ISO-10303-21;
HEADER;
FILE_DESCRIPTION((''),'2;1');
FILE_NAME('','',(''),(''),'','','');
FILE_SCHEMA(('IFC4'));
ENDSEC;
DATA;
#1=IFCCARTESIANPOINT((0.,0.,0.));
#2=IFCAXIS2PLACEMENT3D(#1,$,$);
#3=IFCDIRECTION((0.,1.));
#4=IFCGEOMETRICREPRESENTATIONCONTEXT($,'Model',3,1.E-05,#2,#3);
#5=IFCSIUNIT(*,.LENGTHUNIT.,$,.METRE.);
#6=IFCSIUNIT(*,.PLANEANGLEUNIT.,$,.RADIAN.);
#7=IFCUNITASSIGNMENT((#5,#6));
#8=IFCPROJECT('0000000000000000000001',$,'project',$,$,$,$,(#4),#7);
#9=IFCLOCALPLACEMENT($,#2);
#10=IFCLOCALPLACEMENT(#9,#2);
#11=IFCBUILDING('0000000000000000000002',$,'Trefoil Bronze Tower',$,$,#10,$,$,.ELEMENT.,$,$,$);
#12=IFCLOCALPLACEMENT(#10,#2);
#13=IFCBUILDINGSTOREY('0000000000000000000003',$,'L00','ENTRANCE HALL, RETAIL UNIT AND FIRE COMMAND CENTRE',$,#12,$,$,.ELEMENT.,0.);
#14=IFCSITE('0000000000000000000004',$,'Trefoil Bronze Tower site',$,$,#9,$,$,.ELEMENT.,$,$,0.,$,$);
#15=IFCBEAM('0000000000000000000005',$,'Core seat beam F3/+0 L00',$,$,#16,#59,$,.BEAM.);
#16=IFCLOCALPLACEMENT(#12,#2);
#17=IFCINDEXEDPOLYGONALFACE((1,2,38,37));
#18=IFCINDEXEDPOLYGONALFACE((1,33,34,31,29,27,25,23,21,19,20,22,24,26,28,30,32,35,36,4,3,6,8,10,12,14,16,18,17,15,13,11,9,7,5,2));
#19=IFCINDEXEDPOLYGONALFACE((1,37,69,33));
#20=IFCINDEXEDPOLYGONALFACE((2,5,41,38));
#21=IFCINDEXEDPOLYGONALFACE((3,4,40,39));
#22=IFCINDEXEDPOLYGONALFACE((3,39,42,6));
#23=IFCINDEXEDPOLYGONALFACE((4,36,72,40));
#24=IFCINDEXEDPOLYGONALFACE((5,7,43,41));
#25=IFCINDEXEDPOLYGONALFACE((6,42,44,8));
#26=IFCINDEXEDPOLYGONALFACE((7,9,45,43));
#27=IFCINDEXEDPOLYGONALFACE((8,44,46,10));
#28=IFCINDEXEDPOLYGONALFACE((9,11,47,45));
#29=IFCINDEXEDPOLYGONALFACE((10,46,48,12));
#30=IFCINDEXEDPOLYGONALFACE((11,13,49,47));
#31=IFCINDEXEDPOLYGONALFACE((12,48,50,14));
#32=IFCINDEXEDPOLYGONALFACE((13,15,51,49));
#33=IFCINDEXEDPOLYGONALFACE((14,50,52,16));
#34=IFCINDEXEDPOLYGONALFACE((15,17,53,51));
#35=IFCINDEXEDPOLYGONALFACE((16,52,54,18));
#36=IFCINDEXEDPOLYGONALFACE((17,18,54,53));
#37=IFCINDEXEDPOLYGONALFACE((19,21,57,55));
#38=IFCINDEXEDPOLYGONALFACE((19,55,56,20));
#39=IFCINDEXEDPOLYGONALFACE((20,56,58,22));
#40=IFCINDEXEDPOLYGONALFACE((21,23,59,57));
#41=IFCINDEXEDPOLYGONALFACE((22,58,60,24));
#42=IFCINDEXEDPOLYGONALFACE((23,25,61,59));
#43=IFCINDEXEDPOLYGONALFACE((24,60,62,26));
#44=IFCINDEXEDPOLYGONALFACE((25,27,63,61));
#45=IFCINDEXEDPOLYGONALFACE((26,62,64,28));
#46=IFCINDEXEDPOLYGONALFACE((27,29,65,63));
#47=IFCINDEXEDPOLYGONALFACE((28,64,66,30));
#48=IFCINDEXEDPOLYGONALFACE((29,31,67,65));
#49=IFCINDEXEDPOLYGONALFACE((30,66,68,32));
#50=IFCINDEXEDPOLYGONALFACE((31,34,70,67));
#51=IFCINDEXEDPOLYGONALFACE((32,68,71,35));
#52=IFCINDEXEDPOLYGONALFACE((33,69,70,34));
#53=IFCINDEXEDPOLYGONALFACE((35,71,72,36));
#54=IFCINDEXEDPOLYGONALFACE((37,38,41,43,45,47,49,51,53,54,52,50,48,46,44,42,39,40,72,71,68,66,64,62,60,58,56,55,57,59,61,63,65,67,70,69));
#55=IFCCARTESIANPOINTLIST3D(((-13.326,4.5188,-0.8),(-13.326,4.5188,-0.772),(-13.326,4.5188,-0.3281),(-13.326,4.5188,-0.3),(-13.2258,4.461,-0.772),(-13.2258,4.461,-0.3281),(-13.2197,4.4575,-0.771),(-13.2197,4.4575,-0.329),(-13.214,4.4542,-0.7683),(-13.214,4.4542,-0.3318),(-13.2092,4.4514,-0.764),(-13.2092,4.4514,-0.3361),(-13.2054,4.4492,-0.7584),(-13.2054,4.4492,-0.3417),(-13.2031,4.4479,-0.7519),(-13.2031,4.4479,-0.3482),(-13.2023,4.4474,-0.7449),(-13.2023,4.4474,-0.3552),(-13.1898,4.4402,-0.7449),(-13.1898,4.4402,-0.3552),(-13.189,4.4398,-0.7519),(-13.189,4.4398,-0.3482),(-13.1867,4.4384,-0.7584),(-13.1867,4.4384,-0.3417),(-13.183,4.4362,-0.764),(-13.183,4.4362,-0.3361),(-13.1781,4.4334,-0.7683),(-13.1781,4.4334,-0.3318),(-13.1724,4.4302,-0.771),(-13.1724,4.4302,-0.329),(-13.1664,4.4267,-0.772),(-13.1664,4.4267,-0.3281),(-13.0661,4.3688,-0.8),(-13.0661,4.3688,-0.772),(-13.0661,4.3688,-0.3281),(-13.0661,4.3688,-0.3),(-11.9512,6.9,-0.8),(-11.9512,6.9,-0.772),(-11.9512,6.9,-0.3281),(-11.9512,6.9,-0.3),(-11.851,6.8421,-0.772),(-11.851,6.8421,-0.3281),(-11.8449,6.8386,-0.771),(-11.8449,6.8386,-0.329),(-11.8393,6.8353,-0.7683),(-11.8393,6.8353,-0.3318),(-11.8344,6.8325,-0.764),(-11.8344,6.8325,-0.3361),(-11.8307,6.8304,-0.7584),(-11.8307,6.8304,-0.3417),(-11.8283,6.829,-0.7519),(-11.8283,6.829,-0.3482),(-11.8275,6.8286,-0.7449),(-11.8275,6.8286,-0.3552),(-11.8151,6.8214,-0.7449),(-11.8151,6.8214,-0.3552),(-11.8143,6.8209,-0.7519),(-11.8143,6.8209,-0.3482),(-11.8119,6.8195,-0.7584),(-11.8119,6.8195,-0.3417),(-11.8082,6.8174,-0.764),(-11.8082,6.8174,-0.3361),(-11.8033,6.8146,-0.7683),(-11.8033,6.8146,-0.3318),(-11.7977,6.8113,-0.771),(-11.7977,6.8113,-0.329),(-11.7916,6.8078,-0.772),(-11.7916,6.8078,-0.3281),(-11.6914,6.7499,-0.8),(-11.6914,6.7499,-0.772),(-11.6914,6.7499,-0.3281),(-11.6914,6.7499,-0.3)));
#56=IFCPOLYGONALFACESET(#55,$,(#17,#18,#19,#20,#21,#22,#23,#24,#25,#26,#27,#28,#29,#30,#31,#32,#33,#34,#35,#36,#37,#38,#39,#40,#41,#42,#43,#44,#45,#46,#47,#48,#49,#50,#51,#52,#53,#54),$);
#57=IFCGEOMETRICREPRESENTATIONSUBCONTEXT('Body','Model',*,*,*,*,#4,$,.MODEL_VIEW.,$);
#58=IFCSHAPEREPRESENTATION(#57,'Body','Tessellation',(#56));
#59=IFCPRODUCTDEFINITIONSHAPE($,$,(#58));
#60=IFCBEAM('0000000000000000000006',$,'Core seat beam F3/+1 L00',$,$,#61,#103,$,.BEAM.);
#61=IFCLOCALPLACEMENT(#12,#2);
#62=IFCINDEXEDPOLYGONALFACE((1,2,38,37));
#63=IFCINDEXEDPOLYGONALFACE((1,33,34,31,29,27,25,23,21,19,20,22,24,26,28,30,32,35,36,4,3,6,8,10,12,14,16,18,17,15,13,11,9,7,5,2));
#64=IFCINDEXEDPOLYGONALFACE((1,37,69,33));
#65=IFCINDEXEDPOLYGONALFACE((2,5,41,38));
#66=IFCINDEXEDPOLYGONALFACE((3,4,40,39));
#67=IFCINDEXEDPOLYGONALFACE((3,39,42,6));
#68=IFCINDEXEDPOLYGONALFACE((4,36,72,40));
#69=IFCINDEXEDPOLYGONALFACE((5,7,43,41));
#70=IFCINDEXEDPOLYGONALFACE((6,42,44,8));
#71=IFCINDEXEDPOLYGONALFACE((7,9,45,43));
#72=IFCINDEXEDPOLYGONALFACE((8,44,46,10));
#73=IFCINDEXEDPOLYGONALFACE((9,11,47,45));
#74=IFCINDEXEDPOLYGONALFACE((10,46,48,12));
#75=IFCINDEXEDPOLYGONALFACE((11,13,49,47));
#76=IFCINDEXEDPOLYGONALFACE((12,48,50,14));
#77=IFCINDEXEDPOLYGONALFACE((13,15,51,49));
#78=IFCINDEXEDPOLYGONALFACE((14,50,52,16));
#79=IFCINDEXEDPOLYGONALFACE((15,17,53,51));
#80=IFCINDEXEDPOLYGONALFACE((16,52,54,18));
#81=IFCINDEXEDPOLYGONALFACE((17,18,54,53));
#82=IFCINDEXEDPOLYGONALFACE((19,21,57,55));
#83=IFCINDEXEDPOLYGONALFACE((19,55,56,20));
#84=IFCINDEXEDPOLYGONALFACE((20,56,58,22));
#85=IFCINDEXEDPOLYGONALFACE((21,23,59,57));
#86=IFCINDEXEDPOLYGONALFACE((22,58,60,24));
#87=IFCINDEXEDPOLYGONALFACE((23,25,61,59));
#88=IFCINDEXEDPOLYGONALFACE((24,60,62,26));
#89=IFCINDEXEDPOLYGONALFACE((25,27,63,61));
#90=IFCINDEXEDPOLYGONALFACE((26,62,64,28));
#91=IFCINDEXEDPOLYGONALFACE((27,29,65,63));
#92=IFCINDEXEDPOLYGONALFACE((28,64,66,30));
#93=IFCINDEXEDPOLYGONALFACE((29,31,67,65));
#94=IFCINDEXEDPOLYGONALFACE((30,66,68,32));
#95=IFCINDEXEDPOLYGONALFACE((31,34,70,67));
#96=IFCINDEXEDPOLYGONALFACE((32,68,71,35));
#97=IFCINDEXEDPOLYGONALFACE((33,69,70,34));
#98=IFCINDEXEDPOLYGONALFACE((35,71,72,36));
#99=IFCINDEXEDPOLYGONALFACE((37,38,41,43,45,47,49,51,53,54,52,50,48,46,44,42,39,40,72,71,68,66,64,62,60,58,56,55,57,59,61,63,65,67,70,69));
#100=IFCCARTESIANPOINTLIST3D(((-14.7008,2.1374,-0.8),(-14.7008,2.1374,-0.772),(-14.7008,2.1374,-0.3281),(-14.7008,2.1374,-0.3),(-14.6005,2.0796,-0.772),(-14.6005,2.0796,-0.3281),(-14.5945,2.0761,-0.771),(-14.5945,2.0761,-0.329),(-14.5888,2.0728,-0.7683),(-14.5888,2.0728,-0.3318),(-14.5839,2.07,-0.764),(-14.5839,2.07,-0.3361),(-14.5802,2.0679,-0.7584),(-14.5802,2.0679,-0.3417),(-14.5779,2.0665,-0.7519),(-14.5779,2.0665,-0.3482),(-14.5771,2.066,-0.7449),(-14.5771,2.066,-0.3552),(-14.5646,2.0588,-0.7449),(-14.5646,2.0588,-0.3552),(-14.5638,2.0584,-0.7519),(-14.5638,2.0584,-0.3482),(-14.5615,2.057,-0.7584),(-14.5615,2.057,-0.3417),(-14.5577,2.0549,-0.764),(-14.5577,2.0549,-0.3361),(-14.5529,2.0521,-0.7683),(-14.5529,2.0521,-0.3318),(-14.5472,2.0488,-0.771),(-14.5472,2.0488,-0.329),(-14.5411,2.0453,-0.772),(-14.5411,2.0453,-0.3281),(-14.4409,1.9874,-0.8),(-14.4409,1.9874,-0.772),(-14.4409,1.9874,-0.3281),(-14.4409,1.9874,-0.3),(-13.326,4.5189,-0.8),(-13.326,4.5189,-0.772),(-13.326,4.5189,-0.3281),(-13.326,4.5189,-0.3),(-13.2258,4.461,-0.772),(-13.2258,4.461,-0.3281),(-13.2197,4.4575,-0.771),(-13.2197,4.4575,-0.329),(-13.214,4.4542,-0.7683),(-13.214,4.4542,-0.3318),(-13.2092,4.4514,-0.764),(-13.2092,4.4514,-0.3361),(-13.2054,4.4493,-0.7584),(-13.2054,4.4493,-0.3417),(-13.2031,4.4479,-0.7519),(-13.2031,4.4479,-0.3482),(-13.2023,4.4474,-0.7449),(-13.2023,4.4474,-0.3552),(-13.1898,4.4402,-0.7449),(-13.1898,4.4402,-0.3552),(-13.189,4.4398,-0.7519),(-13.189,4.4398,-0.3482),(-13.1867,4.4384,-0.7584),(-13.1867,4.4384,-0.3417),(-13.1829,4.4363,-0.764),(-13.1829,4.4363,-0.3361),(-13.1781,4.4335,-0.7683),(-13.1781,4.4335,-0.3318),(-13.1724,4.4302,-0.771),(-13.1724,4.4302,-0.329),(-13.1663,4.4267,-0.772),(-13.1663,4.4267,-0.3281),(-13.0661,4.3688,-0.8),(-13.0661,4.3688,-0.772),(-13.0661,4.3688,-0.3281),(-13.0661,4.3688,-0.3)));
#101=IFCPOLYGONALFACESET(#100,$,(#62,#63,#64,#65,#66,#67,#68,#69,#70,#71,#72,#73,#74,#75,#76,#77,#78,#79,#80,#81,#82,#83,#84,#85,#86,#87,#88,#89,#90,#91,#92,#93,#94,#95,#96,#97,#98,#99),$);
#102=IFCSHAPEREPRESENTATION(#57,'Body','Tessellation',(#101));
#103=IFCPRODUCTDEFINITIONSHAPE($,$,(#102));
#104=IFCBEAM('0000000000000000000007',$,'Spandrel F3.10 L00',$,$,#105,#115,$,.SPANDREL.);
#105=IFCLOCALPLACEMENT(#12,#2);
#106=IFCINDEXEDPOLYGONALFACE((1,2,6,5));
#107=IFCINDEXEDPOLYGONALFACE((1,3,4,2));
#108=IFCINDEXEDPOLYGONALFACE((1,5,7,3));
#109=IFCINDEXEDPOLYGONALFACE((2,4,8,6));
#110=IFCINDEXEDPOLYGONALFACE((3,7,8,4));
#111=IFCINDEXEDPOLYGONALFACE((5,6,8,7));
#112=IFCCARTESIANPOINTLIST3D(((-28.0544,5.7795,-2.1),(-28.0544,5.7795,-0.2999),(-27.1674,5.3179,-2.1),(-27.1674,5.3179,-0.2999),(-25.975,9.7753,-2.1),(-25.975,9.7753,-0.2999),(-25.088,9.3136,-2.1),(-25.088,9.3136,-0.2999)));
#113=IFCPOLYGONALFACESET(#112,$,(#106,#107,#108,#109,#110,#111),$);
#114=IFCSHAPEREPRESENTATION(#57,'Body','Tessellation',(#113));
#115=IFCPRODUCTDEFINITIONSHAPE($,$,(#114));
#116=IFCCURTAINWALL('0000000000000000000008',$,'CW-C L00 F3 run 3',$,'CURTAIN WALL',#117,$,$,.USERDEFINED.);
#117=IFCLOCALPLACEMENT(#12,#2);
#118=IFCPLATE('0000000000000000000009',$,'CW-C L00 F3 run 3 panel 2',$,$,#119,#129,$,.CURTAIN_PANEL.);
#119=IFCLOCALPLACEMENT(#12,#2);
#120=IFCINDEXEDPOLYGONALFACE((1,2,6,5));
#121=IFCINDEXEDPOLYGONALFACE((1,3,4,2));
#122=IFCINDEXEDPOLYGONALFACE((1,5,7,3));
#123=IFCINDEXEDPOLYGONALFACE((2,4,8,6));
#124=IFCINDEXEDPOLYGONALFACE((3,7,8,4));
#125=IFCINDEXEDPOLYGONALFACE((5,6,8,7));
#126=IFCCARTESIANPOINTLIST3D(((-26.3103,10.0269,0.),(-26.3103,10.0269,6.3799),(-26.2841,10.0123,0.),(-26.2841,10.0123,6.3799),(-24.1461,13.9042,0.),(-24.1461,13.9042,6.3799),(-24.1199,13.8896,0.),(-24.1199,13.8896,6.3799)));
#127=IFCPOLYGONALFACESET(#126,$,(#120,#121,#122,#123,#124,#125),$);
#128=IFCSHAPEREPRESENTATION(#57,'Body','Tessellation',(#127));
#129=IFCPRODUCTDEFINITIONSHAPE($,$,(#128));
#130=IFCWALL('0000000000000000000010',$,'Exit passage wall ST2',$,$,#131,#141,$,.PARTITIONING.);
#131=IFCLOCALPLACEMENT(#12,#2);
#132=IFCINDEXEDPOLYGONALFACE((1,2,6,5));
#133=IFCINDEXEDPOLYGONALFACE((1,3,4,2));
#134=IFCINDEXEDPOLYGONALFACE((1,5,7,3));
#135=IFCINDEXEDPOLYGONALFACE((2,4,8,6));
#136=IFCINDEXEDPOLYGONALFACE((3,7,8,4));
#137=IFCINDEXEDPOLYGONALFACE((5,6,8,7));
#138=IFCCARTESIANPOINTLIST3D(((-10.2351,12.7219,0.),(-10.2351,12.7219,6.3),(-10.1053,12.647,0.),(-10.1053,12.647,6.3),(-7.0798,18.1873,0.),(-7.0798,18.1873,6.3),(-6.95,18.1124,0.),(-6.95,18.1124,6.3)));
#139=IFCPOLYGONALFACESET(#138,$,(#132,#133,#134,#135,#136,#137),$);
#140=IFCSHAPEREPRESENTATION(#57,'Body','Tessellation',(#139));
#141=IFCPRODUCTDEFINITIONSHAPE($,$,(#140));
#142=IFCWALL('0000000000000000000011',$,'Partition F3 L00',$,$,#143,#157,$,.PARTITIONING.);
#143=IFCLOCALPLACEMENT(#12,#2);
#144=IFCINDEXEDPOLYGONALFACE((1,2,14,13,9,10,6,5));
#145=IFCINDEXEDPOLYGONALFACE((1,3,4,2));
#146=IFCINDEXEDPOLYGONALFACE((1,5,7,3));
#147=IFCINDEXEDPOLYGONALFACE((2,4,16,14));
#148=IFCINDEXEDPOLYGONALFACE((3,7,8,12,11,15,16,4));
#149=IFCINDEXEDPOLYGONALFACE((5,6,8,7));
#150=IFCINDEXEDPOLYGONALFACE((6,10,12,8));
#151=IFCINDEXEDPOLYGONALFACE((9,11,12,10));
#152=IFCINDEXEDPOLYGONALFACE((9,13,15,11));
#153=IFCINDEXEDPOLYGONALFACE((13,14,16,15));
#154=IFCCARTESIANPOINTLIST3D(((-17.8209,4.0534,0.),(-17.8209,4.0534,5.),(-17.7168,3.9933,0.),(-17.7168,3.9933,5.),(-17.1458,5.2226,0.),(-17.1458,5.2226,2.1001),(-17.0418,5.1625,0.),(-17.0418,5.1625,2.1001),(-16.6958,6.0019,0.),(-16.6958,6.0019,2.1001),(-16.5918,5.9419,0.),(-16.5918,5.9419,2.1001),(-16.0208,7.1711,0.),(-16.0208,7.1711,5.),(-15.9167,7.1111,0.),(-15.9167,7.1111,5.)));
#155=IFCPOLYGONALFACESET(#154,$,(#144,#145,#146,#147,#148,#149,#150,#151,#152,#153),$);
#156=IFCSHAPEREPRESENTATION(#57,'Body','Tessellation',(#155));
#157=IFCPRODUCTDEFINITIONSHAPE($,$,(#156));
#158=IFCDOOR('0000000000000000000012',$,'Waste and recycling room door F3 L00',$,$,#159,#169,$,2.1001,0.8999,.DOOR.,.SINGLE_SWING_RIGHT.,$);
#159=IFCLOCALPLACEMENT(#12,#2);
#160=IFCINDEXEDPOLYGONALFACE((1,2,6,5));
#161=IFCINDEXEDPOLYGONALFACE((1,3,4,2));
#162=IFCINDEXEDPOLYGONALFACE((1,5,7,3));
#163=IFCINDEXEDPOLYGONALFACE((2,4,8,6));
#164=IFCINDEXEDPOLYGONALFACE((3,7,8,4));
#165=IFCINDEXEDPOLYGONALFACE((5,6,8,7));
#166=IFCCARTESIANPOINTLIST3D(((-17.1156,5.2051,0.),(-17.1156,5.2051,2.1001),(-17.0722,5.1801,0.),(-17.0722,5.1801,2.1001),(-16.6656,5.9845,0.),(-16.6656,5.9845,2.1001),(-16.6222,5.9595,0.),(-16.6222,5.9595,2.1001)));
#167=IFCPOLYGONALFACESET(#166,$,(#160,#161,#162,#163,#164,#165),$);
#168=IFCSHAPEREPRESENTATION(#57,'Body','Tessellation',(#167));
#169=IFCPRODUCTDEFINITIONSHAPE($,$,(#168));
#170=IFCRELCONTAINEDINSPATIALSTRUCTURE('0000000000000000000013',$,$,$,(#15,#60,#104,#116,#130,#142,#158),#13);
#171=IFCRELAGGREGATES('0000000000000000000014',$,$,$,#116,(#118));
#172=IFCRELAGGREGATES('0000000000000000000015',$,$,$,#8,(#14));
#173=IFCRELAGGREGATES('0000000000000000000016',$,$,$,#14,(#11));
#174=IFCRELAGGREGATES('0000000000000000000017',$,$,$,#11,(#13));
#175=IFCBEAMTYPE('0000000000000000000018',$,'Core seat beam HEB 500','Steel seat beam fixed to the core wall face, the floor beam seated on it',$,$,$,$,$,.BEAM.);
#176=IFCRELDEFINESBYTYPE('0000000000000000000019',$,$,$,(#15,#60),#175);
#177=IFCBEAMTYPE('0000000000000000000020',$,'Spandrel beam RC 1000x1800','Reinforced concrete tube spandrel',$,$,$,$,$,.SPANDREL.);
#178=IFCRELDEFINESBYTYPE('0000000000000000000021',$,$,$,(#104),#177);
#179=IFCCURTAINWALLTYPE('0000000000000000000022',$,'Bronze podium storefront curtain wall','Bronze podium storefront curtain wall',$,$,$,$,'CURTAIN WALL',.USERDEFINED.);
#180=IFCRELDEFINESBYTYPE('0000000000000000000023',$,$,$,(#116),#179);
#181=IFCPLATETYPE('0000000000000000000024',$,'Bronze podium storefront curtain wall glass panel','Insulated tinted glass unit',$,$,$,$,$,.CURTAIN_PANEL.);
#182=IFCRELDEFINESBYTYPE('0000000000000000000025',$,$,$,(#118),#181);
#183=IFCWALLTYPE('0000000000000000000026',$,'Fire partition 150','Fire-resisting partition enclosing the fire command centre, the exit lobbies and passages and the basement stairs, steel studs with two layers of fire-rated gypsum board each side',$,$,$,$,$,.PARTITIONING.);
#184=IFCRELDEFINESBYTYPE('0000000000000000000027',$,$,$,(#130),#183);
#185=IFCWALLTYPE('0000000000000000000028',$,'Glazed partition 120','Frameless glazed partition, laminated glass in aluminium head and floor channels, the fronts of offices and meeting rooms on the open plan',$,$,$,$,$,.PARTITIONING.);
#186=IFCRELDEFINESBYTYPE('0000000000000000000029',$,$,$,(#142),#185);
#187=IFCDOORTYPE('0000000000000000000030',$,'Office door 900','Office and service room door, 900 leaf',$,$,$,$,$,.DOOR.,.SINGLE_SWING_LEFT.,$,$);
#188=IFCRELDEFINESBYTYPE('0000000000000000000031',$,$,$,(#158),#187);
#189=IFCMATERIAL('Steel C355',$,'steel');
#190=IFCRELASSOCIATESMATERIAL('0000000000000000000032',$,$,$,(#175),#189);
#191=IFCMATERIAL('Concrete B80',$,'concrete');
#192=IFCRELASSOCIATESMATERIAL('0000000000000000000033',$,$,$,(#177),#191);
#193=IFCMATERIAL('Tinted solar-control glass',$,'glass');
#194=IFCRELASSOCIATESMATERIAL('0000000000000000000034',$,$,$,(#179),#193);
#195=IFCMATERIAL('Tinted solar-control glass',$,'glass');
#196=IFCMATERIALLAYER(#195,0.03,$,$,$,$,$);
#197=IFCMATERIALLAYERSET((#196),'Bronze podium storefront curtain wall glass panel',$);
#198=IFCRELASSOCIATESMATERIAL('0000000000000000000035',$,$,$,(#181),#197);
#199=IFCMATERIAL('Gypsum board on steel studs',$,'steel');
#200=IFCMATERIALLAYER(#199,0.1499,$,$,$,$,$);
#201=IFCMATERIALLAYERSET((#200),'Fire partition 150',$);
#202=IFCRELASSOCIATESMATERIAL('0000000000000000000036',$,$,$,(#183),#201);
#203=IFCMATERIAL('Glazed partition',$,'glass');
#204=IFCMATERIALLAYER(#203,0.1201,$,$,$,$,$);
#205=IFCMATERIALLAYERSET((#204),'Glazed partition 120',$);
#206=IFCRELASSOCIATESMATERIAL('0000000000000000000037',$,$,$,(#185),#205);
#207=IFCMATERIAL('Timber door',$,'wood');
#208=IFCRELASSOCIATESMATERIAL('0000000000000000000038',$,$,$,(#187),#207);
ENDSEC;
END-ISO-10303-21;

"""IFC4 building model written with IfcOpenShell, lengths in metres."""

from ifc_helpers import new_model, si_unit, direction, frame, frame_2d, origin, origin_2d, place, context, subcontext, project, spatial, rectangle, i_section, extrude, material, layer, layer_set, material_profile, profile_set, type_object, element, fill, aggregate, save


model = new_model("IFC4")

# Units and contexts
model_context = context("Model", 3, precision=1e-05, world=origin(), true_north=direction((0.0, 1.0)))
body_context = subcontext(model_context, "Body", "Model", "MODEL_VIEW")
ifc_project = project(units=[si_unit("LENGTHUNIT", "METRE"), si_unit("PLANEANGLEUNIT", "RADIAN")], contexts=[model_context])

# Site, building, storey
site_placement = place(None, origin())
site = spatial("IfcSite", under=ifc_project, at=site_placement, Name="Trefoil Bronze Tower site", CompositionType="ELEMENT", RefElevation=0.0)
building_placement = place(site_placement, origin())
building = spatial("IfcBuilding", under=site, at=building_placement, Name="Trefoil Bronze Tower", CompositionType="ELEMENT")
storey_placement = place(building_placement, origin())
storey = spatial("IfcBuildingStorey", under=building, at=storey_placement, Name="L00", Description="ENTRANCE HALL, RETAIL UNIT AND FIRE COMMAND CENTRE", CompositionType="ELEMENT", Elevation=0.0)

# Beams
ifc_material_1 = material(Name="Steel C355", Category="steel")
ifc_material_profile_1 = material_profile(ifc_material_1, i_section(OverallWidth=0.3, OverallDepth=0.5, WebThickness=0.0144, FlangeThickness=0.0281, FilletRadius=0.0271, at=origin_2d()), Name="HEB 500")
ifc_profile_set_1 = profile_set([ifc_material_profile_1], Name="Steel C355")
beam_type_1 = type_object("IfcBeamType", Name="Core seat beam HEB 500", Description="Steel seat beam fixed to the core wall face, the floor beam seated on it", PredefinedType="BEAM", material=ifc_profile_set_1)
beam_1_placement = place(storey_placement, frame((-11.8213, 6.825, -0.55), z_axis=(-0.500007, -0.866021, 0.0), x_axis=(0.866021, -0.500007, 0.0)))
element("IfcBeam", 1, at=beam_1_placement, inside=storey, type_object=beam_type_1, Name="Core seat beam F3/+0 L00", PredefinedType="BEAM", context=body_context, shape_type="SweptSolid", body=[
    extrude(i_section(OverallWidth=0.3, OverallDepth=0.5, WebThickness=0.0144, FlangeThickness=0.0281, FilletRadius=0.0271, at=origin_2d()), origin(), (0.0, 0.0, 1.0), 2.7495),
])
beam_2_placement = place(storey_placement, frame((-13.196, 4.4438, -0.55), z_axis=(-0.499968, -0.866044, 0.0), x_axis=(0.866044, -0.499968, 0.0)))
element("IfcBeam", 2, at=beam_2_placement, inside=storey, type_object=beam_type_1, Name="Core seat beam F3/+1 L00", PredefinedType="BEAM", context=body_context, shape_type="SweptSolid", body=[
    extrude(i_section(OverallWidth=0.3, OverallDepth=0.5, WebThickness=0.0144, FlangeThickness=0.0281, FilletRadius=0.0271, at=origin_2d()), origin(), (0.0, 0.0, 1.0), 2.7498),
])
ifc_material_2 = material(Name="Concrete B80", Category="concrete")
ifc_material_profile_2 = material_profile(ifc_material_2, rectangle(XDim=1.0, YDim=1.8, at=origin_2d()), Name="RC 1000x1800")
ifc_profile_set_2 = profile_set([ifc_material_profile_2], Name="Concrete B80")
beam_type_2 = type_object("IfcBeamType", Name="Spandrel beam RC 1000x1800", Description="Reinforced concrete tube spandrel", PredefinedType="SPANDREL", material=ifc_profile_set_2)
beam_3_placement = place(storey_placement, frame((-25.5315, 9.5444, -1.2), z_axis=(-0.461638, -0.887069, 0.0), x_axis=(0.887069, -0.461638, 0.0)))
element("IfcBeam", 3, at=beam_3_placement, inside=storey, type_object=beam_type_2, Name="Spandrel F3.10 L00", PredefinedType="SPANDREL", context=body_context, shape_type="SweptSolid", body=[
    extrude(rectangle(XDim=1.0, YDim=1.8, at=origin_2d()), origin(), (0.0, 0.0, 1.0), 4.5044),
])

# Curtain wall, plate
ifc_material_3 = material(Name="Tinted solar-control glass", Category="glass")
curtain_wall_type = type_object("IfcCurtainWallType", Name="Bronze podium storefront curtain wall", Description="Bronze podium storefront curtain wall", ElementType="CURTAIN WALL", PredefinedType="USERDEFINED", material=ifc_material_3)
curtain_wall_placement = place(storey_placement, origin())
curtain_wall = element("IfcCurtainWall", 4, at=curtain_wall_placement, inside=storey, type_object=curtain_wall_type, Name="CW-C L00 F3 run 3", ObjectType="CURTAIN WALL", PredefinedType="USERDEFINED")
ifc_material_4 = material(Name="Tinted solar-control glass", Category="glass")
ifc_layer_1 = layer(ifc_material_4, 0.03)
ifc_layer_set_1 = layer_set([ifc_layer_1], Name="Bronze podium storefront curtain wall glass panel")
plate_type = type_object("IfcPlateType", Name="Bronze podium storefront curtain wall glass panel", Description="Insulated tinted glass unit", PredefinedType="CURTAIN_PANEL", material=ifc_layer_set_1)
plate_placement = place(storey_placement, frame((-25.2151, 11.9583, 0.0), z_axis=(0.0, 0.0, 1.0), x_axis=(-0.487382, -0.873189, 0.0)))
plate = element("IfcPlate", 5, at=plate_placement, type_object=plate_type, Name="CW-C L00 F3 run 3 panel 2", PredefinedType="CURTAIN_PANEL", context=body_context, shape_type="SweptSolid", body=[
    extrude(rectangle(XDim=4.4404, YDim=0.03, at=origin_2d()), origin(), (0.0, 0.0, 1.0), 6.3799),
])
aggregate(curtain_wall, [plate])

# Wall
ifc_material_5 = material(Name="Gypsum board on steel studs", Category="steel")
ifc_layer_2 = layer(ifc_material_5, 0.1499)
ifc_layer_set_2 = layer_set([ifc_layer_2], Name="Fire partition 150")
wall_type_1 = type_object("IfcWallType", Name="Fire partition 150", Description="Fire-resisting partition enclosing the fire command centre, the exit lobbies and passages and the basement stairs, steel studs with two layers of fire-rated gypsum board each side", PredefinedType="PARTITIONING", material=ifc_layer_set_2)
wall_1_placement = place(storey_placement, frame((-10.1702, 12.6846, 0.0), z_axis=(0.0, 0.0, 1.0), x_axis=(0.499984, 0.866035, 0.0)))
element("IfcWall", 6, at=wall_1_placement, inside=storey, type_object=wall_type_1, Name="Exit passage wall ST2", PredefinedType="PARTITIONING", context=body_context, shape_type="SweptSolid", body=[
    extrude(rectangle(XDim=6.3108, YDim=0.1499, at=frame_2d((3.1553, 0.0))), origin(), (0.0, 0.0, 1.0), 6.3),
])

# Wall, opening, door
ifc_material_6 = material(Name="Glazed partition", Category="glass")
ifc_layer_3 = layer(ifc_material_6, 0.1201)
ifc_layer_set_3 = layer_set([ifc_layer_3], Name="Glazed partition 120")
wall_type_2 = type_object("IfcWallType", Name="Glazed partition 120", Description="Frameless glazed partition, laminated glass in aluminium head and floor channels, the fronts of offices and meeting rooms on the open plan", PredefinedType="PARTITIONING", material=ifc_layer_set_3)
wall_2_placement = place(storey_placement, frame((-15.9688, 7.1411, 0.0), z_axis=(0.0, 0.0, 1.0), x_axis=(-0.500012, -0.866018, 0.0)))
wall_2 = element("IfcWall", 7, at=wall_2_placement, inside=storey, type_object=wall_type_2, Name="Partition F3 L00", PredefinedType="PARTITIONING", context=body_context, shape_type="SweptSolid", body=[
    extrude(rectangle(XDim=3.6001, YDim=0.1201, at=frame_2d((1.8, 0.0))), origin(), (0.0, 0.0, 1.0), 5.0),
])
opening_1_placement = place(wall_2_placement, frame((1.3501, 0.0, 0.0)))
opening_1 = element("IfcOpeningElement", 8, at=opening_1_placement, cuts=wall_2, PredefinedType="OPENING", context=body_context, shape_type="SweptSolid", body=[
    extrude(rectangle(XDim=0.8999, YDim=2.1001, at=frame_2d((0.45, 1.05))), frame((0.0, 0.0701, 0.0), z_axis=(0.0, -1.0, 0.0), x_axis=(1.0, 0.0, 0.0)), (0.0, 0.0, 1.0), 0.1401),
])
ifc_material_7 = material(Name="Timber door", Category="wood")
door_type = type_object("IfcDoorType", Name="Office door 900", Description="Office and service room door, 900 leaf", OperationType="SINGLE_SWING_LEFT", PredefinedType="DOOR", material=ifc_material_7)
door_1_placement = place(opening_1_placement, origin())
door_1 = element("IfcDoor", 9, at=door_1_placement, inside=storey, type_object=door_type, Name="Waste and recycling room door F3 L00", OperationType="SINGLE_SWING_RIGHT", OverallHeight=2.1001, OverallWidth=0.8999, PredefinedType="DOOR", context=body_context, shape_type="SweptSolid", body=[
    extrude(rectangle(XDim=0.8999, YDim=2.1001, at=frame_2d((0.45, 1.05))), frame((0.0, 0.0249, 0.0), z_axis=(0.0, -1.0, 0.0), x_axis=(1.0, 0.0, 0.0)), (0.0, 0.0, 1.0), 0.05),
])
fill(opening_1, door_1)

save(model, "model.ifc")
